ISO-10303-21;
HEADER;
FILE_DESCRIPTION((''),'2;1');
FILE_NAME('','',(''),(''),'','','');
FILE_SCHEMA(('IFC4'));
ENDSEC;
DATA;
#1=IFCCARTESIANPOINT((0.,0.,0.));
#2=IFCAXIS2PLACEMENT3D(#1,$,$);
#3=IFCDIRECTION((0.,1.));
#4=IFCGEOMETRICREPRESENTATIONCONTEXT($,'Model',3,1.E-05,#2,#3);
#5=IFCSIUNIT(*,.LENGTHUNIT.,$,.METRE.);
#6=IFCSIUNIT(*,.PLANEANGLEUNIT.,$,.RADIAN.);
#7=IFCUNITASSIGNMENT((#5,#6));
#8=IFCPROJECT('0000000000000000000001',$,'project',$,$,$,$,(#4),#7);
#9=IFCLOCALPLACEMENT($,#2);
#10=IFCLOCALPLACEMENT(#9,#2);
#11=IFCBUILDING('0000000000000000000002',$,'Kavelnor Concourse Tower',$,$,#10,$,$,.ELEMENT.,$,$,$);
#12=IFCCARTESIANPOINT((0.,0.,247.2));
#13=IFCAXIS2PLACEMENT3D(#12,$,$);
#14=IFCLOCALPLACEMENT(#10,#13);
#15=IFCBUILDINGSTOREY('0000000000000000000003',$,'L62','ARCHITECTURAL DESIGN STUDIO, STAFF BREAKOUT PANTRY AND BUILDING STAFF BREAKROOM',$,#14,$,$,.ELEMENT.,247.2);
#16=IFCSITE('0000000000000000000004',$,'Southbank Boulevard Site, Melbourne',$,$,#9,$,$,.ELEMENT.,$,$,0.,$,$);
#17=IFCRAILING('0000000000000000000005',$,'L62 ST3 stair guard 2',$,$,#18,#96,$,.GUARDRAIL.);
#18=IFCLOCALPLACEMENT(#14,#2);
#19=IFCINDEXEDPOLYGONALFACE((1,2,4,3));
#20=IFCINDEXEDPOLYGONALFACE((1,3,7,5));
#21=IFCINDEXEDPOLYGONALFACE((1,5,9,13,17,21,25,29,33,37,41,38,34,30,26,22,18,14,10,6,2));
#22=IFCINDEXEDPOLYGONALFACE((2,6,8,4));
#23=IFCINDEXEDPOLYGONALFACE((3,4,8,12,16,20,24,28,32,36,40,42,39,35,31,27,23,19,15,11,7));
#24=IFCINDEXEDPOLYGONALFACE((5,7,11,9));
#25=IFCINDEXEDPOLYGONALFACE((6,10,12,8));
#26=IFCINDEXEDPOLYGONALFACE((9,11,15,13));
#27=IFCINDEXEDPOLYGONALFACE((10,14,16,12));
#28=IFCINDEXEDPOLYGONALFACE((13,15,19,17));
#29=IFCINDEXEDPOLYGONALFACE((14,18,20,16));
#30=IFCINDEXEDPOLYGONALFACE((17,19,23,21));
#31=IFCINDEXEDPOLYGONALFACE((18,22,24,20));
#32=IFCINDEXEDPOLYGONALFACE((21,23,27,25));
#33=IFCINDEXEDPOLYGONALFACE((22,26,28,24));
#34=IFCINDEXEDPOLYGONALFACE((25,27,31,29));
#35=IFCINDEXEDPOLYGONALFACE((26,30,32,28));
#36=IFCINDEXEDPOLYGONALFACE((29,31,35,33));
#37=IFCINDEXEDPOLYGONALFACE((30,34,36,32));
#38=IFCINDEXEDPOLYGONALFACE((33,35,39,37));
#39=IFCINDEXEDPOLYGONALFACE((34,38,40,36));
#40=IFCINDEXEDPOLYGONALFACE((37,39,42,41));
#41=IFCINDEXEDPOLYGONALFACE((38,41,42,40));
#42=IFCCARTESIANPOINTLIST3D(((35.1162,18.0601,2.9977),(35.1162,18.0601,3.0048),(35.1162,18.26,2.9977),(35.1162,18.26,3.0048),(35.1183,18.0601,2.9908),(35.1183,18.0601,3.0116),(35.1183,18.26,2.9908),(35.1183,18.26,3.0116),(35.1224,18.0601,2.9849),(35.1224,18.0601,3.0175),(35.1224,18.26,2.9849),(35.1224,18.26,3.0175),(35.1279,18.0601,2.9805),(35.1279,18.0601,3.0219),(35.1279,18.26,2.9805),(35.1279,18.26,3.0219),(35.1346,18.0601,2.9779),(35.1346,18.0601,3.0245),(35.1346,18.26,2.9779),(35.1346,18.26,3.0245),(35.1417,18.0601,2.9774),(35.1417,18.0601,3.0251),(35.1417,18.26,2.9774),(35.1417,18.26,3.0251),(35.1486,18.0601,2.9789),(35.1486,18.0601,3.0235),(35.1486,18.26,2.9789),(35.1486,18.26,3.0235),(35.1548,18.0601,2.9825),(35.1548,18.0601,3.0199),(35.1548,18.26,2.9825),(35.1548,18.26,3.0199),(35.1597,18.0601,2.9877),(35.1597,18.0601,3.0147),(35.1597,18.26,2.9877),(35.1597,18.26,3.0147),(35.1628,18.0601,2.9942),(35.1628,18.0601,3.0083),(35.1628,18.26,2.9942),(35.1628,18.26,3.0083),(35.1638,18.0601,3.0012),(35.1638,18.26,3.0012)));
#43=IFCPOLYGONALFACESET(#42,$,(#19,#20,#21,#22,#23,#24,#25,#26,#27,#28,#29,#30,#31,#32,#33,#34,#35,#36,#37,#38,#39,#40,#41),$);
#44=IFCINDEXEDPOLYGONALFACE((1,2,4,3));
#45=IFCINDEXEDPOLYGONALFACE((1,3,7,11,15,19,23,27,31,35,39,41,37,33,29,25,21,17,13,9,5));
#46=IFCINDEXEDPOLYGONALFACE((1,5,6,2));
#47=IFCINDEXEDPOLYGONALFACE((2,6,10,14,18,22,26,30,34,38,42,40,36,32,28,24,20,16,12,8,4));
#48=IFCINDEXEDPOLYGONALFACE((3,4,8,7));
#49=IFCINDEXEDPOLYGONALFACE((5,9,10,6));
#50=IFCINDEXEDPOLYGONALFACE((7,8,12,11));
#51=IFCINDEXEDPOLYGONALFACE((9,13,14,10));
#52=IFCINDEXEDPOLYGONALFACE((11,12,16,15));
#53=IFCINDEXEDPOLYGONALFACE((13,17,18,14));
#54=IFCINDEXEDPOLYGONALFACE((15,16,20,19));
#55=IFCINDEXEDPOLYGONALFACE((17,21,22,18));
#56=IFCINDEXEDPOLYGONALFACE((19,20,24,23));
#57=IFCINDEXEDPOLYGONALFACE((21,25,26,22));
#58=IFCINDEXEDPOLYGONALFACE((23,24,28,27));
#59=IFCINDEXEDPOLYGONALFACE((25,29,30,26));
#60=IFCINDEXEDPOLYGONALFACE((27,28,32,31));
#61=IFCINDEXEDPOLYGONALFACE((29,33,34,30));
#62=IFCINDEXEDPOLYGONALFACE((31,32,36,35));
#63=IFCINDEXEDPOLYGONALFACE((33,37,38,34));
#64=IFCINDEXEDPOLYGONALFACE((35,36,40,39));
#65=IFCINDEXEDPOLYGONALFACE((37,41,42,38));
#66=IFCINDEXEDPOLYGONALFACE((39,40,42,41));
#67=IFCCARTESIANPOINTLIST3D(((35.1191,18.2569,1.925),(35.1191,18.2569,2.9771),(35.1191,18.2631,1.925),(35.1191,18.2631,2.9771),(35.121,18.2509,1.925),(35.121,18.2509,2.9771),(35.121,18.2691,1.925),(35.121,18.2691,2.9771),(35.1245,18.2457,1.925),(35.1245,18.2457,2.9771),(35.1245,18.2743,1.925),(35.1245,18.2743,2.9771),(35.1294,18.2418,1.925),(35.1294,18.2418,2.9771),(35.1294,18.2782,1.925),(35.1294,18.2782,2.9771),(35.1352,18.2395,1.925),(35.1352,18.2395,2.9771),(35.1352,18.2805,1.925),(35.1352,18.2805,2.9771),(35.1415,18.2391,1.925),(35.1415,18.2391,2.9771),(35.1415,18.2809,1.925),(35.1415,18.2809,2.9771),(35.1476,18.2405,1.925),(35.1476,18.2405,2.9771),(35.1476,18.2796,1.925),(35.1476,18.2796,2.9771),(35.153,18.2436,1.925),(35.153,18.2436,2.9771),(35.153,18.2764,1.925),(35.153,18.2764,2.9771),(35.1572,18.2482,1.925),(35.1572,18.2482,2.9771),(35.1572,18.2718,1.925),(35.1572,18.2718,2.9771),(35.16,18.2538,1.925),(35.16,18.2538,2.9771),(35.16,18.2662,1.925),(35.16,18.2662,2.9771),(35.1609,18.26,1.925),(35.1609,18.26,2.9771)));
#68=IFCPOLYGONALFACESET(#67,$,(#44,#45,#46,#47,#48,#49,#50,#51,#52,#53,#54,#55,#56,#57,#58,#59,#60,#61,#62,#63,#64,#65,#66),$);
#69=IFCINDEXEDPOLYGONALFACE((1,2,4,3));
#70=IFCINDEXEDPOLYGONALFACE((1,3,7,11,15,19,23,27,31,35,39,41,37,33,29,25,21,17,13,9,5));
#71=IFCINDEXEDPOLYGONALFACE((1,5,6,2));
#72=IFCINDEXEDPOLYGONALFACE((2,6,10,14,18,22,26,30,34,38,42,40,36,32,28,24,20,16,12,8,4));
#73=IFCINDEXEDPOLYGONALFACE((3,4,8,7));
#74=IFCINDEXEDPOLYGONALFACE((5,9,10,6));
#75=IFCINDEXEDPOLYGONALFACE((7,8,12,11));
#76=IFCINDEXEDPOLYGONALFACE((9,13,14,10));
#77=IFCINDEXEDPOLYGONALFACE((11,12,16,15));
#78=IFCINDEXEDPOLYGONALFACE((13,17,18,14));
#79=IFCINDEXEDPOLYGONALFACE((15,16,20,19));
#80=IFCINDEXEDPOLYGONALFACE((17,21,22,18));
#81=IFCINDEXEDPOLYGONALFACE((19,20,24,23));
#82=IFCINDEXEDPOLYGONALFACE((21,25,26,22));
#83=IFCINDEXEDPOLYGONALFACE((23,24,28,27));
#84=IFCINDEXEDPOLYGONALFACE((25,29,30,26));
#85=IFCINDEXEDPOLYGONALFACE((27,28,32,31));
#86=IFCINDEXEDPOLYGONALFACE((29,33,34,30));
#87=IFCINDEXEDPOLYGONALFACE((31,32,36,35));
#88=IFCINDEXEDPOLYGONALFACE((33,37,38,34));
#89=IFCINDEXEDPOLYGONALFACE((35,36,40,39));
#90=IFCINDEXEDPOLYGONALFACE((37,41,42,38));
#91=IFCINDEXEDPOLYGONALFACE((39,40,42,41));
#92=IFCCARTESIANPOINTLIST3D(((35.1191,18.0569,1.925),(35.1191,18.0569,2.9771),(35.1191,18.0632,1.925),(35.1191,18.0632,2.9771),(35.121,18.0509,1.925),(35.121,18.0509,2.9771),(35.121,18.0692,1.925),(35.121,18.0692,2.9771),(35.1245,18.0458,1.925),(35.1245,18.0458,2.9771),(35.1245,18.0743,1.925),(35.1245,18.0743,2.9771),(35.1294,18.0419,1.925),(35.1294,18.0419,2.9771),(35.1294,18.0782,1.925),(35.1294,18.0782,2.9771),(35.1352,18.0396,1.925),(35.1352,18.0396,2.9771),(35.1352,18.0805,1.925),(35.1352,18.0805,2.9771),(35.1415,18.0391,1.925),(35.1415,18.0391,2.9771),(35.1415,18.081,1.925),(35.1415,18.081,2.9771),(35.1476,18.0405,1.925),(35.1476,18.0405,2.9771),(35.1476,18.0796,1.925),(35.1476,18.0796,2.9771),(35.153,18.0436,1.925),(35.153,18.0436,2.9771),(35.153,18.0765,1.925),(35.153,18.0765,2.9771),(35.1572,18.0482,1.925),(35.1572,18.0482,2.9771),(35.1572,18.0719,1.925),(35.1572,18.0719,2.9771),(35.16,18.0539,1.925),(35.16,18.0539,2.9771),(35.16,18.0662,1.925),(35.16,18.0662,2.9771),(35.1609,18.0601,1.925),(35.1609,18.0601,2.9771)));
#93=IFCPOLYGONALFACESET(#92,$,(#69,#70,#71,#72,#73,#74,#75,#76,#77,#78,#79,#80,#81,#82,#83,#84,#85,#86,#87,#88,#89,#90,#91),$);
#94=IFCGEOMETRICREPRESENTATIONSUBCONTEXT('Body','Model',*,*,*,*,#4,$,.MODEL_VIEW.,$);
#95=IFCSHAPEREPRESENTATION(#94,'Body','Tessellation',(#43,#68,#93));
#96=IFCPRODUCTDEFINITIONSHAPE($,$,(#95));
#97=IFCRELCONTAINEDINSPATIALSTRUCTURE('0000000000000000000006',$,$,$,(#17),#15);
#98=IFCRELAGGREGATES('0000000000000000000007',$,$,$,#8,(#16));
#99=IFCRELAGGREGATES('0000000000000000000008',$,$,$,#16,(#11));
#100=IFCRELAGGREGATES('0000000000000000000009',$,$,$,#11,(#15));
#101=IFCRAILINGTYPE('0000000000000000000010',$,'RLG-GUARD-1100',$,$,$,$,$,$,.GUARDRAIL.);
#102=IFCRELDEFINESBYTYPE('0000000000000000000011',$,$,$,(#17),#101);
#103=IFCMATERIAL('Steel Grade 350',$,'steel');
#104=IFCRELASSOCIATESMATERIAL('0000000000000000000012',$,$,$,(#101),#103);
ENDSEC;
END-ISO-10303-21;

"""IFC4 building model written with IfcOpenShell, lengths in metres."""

from ifc_helpers import new_model, si_unit, direction, frame, origin, origin_2d, place, context, subcontext, project, spatial, circle, extrude, material, type_object, element, save


model = new_model("IFC4")

# Units and contexts
model_context = context("Model", 3, precision=1e-05, world=origin(), true_north=direction((0.0, 1.0)))
body_context = subcontext(model_context, "Body", "Model", "MODEL_VIEW")
ifc_project = project(units=[si_unit("LENGTHUNIT", "METRE"), si_unit("PLANEANGLEUNIT", "RADIAN")], contexts=[model_context])

# Site, building, storey
site_placement = place(None, origin())
site = spatial("IfcSite", under=ifc_project, at=site_placement, Name="Southbank Boulevard Site, Melbourne", CompositionType="ELEMENT", RefElevation=0.0)
building_placement = place(site_placement, origin())
building = spatial("IfcBuilding", under=site, at=building_placement, Name="Kavelnor Concourse Tower", CompositionType="ELEMENT")
storey_placement = place(building_placement, frame((0.0, 0.0, 247.2)))
storey = spatial("IfcBuildingStorey", under=building, at=storey_placement, Name="L62", Description="ARCHITECTURAL DESIGN STUDIO, STAFF BREAKOUT PANTRY AND BUILDING STAFF BREAKROOM", CompositionType="ELEMENT", Elevation=247.2)

# Shared definitions
ifc_material_1 = material(Name="Steel Grade 350", Category="steel")

# Railing
railing_type_1 = type_object("IfcRailingType", Name="RLG-GUARD-1100", PredefinedType="GUARDRAIL", material=ifc_material_1)
railing_1_placement = place(storey_placement, frame((35.1399, 18.26, 1.925)))
element("IfcRailing", 1, at=railing_1_placement, inside=storey, type_object=railing_type_1, Name="L62 ST3 stair guard 2", PredefinedType="GUARDRAIL", context=body_context, shape_type="SweptSolid", body=[
    extrude(circle(Radius=0.0239, at=origin_2d()), frame((0.0, 0.0, 1.0762), z_axis=(0.0, -1.0, 0.0), x_axis=(1.0, 0.0, 0.0)), (0.0, 0.0, 1.0), 0.2),
    extrude(circle(Radius=0.021, at=origin_2d()), origin(), (0.0, 0.0, 1.0), 1.052),
    extrude(circle(Radius=0.021, at=origin_2d()), frame((0.0, -0.2, 0.0)), (0.0, 0.0, 1.0), 1.052),
])

save(model, "model.ifc")
